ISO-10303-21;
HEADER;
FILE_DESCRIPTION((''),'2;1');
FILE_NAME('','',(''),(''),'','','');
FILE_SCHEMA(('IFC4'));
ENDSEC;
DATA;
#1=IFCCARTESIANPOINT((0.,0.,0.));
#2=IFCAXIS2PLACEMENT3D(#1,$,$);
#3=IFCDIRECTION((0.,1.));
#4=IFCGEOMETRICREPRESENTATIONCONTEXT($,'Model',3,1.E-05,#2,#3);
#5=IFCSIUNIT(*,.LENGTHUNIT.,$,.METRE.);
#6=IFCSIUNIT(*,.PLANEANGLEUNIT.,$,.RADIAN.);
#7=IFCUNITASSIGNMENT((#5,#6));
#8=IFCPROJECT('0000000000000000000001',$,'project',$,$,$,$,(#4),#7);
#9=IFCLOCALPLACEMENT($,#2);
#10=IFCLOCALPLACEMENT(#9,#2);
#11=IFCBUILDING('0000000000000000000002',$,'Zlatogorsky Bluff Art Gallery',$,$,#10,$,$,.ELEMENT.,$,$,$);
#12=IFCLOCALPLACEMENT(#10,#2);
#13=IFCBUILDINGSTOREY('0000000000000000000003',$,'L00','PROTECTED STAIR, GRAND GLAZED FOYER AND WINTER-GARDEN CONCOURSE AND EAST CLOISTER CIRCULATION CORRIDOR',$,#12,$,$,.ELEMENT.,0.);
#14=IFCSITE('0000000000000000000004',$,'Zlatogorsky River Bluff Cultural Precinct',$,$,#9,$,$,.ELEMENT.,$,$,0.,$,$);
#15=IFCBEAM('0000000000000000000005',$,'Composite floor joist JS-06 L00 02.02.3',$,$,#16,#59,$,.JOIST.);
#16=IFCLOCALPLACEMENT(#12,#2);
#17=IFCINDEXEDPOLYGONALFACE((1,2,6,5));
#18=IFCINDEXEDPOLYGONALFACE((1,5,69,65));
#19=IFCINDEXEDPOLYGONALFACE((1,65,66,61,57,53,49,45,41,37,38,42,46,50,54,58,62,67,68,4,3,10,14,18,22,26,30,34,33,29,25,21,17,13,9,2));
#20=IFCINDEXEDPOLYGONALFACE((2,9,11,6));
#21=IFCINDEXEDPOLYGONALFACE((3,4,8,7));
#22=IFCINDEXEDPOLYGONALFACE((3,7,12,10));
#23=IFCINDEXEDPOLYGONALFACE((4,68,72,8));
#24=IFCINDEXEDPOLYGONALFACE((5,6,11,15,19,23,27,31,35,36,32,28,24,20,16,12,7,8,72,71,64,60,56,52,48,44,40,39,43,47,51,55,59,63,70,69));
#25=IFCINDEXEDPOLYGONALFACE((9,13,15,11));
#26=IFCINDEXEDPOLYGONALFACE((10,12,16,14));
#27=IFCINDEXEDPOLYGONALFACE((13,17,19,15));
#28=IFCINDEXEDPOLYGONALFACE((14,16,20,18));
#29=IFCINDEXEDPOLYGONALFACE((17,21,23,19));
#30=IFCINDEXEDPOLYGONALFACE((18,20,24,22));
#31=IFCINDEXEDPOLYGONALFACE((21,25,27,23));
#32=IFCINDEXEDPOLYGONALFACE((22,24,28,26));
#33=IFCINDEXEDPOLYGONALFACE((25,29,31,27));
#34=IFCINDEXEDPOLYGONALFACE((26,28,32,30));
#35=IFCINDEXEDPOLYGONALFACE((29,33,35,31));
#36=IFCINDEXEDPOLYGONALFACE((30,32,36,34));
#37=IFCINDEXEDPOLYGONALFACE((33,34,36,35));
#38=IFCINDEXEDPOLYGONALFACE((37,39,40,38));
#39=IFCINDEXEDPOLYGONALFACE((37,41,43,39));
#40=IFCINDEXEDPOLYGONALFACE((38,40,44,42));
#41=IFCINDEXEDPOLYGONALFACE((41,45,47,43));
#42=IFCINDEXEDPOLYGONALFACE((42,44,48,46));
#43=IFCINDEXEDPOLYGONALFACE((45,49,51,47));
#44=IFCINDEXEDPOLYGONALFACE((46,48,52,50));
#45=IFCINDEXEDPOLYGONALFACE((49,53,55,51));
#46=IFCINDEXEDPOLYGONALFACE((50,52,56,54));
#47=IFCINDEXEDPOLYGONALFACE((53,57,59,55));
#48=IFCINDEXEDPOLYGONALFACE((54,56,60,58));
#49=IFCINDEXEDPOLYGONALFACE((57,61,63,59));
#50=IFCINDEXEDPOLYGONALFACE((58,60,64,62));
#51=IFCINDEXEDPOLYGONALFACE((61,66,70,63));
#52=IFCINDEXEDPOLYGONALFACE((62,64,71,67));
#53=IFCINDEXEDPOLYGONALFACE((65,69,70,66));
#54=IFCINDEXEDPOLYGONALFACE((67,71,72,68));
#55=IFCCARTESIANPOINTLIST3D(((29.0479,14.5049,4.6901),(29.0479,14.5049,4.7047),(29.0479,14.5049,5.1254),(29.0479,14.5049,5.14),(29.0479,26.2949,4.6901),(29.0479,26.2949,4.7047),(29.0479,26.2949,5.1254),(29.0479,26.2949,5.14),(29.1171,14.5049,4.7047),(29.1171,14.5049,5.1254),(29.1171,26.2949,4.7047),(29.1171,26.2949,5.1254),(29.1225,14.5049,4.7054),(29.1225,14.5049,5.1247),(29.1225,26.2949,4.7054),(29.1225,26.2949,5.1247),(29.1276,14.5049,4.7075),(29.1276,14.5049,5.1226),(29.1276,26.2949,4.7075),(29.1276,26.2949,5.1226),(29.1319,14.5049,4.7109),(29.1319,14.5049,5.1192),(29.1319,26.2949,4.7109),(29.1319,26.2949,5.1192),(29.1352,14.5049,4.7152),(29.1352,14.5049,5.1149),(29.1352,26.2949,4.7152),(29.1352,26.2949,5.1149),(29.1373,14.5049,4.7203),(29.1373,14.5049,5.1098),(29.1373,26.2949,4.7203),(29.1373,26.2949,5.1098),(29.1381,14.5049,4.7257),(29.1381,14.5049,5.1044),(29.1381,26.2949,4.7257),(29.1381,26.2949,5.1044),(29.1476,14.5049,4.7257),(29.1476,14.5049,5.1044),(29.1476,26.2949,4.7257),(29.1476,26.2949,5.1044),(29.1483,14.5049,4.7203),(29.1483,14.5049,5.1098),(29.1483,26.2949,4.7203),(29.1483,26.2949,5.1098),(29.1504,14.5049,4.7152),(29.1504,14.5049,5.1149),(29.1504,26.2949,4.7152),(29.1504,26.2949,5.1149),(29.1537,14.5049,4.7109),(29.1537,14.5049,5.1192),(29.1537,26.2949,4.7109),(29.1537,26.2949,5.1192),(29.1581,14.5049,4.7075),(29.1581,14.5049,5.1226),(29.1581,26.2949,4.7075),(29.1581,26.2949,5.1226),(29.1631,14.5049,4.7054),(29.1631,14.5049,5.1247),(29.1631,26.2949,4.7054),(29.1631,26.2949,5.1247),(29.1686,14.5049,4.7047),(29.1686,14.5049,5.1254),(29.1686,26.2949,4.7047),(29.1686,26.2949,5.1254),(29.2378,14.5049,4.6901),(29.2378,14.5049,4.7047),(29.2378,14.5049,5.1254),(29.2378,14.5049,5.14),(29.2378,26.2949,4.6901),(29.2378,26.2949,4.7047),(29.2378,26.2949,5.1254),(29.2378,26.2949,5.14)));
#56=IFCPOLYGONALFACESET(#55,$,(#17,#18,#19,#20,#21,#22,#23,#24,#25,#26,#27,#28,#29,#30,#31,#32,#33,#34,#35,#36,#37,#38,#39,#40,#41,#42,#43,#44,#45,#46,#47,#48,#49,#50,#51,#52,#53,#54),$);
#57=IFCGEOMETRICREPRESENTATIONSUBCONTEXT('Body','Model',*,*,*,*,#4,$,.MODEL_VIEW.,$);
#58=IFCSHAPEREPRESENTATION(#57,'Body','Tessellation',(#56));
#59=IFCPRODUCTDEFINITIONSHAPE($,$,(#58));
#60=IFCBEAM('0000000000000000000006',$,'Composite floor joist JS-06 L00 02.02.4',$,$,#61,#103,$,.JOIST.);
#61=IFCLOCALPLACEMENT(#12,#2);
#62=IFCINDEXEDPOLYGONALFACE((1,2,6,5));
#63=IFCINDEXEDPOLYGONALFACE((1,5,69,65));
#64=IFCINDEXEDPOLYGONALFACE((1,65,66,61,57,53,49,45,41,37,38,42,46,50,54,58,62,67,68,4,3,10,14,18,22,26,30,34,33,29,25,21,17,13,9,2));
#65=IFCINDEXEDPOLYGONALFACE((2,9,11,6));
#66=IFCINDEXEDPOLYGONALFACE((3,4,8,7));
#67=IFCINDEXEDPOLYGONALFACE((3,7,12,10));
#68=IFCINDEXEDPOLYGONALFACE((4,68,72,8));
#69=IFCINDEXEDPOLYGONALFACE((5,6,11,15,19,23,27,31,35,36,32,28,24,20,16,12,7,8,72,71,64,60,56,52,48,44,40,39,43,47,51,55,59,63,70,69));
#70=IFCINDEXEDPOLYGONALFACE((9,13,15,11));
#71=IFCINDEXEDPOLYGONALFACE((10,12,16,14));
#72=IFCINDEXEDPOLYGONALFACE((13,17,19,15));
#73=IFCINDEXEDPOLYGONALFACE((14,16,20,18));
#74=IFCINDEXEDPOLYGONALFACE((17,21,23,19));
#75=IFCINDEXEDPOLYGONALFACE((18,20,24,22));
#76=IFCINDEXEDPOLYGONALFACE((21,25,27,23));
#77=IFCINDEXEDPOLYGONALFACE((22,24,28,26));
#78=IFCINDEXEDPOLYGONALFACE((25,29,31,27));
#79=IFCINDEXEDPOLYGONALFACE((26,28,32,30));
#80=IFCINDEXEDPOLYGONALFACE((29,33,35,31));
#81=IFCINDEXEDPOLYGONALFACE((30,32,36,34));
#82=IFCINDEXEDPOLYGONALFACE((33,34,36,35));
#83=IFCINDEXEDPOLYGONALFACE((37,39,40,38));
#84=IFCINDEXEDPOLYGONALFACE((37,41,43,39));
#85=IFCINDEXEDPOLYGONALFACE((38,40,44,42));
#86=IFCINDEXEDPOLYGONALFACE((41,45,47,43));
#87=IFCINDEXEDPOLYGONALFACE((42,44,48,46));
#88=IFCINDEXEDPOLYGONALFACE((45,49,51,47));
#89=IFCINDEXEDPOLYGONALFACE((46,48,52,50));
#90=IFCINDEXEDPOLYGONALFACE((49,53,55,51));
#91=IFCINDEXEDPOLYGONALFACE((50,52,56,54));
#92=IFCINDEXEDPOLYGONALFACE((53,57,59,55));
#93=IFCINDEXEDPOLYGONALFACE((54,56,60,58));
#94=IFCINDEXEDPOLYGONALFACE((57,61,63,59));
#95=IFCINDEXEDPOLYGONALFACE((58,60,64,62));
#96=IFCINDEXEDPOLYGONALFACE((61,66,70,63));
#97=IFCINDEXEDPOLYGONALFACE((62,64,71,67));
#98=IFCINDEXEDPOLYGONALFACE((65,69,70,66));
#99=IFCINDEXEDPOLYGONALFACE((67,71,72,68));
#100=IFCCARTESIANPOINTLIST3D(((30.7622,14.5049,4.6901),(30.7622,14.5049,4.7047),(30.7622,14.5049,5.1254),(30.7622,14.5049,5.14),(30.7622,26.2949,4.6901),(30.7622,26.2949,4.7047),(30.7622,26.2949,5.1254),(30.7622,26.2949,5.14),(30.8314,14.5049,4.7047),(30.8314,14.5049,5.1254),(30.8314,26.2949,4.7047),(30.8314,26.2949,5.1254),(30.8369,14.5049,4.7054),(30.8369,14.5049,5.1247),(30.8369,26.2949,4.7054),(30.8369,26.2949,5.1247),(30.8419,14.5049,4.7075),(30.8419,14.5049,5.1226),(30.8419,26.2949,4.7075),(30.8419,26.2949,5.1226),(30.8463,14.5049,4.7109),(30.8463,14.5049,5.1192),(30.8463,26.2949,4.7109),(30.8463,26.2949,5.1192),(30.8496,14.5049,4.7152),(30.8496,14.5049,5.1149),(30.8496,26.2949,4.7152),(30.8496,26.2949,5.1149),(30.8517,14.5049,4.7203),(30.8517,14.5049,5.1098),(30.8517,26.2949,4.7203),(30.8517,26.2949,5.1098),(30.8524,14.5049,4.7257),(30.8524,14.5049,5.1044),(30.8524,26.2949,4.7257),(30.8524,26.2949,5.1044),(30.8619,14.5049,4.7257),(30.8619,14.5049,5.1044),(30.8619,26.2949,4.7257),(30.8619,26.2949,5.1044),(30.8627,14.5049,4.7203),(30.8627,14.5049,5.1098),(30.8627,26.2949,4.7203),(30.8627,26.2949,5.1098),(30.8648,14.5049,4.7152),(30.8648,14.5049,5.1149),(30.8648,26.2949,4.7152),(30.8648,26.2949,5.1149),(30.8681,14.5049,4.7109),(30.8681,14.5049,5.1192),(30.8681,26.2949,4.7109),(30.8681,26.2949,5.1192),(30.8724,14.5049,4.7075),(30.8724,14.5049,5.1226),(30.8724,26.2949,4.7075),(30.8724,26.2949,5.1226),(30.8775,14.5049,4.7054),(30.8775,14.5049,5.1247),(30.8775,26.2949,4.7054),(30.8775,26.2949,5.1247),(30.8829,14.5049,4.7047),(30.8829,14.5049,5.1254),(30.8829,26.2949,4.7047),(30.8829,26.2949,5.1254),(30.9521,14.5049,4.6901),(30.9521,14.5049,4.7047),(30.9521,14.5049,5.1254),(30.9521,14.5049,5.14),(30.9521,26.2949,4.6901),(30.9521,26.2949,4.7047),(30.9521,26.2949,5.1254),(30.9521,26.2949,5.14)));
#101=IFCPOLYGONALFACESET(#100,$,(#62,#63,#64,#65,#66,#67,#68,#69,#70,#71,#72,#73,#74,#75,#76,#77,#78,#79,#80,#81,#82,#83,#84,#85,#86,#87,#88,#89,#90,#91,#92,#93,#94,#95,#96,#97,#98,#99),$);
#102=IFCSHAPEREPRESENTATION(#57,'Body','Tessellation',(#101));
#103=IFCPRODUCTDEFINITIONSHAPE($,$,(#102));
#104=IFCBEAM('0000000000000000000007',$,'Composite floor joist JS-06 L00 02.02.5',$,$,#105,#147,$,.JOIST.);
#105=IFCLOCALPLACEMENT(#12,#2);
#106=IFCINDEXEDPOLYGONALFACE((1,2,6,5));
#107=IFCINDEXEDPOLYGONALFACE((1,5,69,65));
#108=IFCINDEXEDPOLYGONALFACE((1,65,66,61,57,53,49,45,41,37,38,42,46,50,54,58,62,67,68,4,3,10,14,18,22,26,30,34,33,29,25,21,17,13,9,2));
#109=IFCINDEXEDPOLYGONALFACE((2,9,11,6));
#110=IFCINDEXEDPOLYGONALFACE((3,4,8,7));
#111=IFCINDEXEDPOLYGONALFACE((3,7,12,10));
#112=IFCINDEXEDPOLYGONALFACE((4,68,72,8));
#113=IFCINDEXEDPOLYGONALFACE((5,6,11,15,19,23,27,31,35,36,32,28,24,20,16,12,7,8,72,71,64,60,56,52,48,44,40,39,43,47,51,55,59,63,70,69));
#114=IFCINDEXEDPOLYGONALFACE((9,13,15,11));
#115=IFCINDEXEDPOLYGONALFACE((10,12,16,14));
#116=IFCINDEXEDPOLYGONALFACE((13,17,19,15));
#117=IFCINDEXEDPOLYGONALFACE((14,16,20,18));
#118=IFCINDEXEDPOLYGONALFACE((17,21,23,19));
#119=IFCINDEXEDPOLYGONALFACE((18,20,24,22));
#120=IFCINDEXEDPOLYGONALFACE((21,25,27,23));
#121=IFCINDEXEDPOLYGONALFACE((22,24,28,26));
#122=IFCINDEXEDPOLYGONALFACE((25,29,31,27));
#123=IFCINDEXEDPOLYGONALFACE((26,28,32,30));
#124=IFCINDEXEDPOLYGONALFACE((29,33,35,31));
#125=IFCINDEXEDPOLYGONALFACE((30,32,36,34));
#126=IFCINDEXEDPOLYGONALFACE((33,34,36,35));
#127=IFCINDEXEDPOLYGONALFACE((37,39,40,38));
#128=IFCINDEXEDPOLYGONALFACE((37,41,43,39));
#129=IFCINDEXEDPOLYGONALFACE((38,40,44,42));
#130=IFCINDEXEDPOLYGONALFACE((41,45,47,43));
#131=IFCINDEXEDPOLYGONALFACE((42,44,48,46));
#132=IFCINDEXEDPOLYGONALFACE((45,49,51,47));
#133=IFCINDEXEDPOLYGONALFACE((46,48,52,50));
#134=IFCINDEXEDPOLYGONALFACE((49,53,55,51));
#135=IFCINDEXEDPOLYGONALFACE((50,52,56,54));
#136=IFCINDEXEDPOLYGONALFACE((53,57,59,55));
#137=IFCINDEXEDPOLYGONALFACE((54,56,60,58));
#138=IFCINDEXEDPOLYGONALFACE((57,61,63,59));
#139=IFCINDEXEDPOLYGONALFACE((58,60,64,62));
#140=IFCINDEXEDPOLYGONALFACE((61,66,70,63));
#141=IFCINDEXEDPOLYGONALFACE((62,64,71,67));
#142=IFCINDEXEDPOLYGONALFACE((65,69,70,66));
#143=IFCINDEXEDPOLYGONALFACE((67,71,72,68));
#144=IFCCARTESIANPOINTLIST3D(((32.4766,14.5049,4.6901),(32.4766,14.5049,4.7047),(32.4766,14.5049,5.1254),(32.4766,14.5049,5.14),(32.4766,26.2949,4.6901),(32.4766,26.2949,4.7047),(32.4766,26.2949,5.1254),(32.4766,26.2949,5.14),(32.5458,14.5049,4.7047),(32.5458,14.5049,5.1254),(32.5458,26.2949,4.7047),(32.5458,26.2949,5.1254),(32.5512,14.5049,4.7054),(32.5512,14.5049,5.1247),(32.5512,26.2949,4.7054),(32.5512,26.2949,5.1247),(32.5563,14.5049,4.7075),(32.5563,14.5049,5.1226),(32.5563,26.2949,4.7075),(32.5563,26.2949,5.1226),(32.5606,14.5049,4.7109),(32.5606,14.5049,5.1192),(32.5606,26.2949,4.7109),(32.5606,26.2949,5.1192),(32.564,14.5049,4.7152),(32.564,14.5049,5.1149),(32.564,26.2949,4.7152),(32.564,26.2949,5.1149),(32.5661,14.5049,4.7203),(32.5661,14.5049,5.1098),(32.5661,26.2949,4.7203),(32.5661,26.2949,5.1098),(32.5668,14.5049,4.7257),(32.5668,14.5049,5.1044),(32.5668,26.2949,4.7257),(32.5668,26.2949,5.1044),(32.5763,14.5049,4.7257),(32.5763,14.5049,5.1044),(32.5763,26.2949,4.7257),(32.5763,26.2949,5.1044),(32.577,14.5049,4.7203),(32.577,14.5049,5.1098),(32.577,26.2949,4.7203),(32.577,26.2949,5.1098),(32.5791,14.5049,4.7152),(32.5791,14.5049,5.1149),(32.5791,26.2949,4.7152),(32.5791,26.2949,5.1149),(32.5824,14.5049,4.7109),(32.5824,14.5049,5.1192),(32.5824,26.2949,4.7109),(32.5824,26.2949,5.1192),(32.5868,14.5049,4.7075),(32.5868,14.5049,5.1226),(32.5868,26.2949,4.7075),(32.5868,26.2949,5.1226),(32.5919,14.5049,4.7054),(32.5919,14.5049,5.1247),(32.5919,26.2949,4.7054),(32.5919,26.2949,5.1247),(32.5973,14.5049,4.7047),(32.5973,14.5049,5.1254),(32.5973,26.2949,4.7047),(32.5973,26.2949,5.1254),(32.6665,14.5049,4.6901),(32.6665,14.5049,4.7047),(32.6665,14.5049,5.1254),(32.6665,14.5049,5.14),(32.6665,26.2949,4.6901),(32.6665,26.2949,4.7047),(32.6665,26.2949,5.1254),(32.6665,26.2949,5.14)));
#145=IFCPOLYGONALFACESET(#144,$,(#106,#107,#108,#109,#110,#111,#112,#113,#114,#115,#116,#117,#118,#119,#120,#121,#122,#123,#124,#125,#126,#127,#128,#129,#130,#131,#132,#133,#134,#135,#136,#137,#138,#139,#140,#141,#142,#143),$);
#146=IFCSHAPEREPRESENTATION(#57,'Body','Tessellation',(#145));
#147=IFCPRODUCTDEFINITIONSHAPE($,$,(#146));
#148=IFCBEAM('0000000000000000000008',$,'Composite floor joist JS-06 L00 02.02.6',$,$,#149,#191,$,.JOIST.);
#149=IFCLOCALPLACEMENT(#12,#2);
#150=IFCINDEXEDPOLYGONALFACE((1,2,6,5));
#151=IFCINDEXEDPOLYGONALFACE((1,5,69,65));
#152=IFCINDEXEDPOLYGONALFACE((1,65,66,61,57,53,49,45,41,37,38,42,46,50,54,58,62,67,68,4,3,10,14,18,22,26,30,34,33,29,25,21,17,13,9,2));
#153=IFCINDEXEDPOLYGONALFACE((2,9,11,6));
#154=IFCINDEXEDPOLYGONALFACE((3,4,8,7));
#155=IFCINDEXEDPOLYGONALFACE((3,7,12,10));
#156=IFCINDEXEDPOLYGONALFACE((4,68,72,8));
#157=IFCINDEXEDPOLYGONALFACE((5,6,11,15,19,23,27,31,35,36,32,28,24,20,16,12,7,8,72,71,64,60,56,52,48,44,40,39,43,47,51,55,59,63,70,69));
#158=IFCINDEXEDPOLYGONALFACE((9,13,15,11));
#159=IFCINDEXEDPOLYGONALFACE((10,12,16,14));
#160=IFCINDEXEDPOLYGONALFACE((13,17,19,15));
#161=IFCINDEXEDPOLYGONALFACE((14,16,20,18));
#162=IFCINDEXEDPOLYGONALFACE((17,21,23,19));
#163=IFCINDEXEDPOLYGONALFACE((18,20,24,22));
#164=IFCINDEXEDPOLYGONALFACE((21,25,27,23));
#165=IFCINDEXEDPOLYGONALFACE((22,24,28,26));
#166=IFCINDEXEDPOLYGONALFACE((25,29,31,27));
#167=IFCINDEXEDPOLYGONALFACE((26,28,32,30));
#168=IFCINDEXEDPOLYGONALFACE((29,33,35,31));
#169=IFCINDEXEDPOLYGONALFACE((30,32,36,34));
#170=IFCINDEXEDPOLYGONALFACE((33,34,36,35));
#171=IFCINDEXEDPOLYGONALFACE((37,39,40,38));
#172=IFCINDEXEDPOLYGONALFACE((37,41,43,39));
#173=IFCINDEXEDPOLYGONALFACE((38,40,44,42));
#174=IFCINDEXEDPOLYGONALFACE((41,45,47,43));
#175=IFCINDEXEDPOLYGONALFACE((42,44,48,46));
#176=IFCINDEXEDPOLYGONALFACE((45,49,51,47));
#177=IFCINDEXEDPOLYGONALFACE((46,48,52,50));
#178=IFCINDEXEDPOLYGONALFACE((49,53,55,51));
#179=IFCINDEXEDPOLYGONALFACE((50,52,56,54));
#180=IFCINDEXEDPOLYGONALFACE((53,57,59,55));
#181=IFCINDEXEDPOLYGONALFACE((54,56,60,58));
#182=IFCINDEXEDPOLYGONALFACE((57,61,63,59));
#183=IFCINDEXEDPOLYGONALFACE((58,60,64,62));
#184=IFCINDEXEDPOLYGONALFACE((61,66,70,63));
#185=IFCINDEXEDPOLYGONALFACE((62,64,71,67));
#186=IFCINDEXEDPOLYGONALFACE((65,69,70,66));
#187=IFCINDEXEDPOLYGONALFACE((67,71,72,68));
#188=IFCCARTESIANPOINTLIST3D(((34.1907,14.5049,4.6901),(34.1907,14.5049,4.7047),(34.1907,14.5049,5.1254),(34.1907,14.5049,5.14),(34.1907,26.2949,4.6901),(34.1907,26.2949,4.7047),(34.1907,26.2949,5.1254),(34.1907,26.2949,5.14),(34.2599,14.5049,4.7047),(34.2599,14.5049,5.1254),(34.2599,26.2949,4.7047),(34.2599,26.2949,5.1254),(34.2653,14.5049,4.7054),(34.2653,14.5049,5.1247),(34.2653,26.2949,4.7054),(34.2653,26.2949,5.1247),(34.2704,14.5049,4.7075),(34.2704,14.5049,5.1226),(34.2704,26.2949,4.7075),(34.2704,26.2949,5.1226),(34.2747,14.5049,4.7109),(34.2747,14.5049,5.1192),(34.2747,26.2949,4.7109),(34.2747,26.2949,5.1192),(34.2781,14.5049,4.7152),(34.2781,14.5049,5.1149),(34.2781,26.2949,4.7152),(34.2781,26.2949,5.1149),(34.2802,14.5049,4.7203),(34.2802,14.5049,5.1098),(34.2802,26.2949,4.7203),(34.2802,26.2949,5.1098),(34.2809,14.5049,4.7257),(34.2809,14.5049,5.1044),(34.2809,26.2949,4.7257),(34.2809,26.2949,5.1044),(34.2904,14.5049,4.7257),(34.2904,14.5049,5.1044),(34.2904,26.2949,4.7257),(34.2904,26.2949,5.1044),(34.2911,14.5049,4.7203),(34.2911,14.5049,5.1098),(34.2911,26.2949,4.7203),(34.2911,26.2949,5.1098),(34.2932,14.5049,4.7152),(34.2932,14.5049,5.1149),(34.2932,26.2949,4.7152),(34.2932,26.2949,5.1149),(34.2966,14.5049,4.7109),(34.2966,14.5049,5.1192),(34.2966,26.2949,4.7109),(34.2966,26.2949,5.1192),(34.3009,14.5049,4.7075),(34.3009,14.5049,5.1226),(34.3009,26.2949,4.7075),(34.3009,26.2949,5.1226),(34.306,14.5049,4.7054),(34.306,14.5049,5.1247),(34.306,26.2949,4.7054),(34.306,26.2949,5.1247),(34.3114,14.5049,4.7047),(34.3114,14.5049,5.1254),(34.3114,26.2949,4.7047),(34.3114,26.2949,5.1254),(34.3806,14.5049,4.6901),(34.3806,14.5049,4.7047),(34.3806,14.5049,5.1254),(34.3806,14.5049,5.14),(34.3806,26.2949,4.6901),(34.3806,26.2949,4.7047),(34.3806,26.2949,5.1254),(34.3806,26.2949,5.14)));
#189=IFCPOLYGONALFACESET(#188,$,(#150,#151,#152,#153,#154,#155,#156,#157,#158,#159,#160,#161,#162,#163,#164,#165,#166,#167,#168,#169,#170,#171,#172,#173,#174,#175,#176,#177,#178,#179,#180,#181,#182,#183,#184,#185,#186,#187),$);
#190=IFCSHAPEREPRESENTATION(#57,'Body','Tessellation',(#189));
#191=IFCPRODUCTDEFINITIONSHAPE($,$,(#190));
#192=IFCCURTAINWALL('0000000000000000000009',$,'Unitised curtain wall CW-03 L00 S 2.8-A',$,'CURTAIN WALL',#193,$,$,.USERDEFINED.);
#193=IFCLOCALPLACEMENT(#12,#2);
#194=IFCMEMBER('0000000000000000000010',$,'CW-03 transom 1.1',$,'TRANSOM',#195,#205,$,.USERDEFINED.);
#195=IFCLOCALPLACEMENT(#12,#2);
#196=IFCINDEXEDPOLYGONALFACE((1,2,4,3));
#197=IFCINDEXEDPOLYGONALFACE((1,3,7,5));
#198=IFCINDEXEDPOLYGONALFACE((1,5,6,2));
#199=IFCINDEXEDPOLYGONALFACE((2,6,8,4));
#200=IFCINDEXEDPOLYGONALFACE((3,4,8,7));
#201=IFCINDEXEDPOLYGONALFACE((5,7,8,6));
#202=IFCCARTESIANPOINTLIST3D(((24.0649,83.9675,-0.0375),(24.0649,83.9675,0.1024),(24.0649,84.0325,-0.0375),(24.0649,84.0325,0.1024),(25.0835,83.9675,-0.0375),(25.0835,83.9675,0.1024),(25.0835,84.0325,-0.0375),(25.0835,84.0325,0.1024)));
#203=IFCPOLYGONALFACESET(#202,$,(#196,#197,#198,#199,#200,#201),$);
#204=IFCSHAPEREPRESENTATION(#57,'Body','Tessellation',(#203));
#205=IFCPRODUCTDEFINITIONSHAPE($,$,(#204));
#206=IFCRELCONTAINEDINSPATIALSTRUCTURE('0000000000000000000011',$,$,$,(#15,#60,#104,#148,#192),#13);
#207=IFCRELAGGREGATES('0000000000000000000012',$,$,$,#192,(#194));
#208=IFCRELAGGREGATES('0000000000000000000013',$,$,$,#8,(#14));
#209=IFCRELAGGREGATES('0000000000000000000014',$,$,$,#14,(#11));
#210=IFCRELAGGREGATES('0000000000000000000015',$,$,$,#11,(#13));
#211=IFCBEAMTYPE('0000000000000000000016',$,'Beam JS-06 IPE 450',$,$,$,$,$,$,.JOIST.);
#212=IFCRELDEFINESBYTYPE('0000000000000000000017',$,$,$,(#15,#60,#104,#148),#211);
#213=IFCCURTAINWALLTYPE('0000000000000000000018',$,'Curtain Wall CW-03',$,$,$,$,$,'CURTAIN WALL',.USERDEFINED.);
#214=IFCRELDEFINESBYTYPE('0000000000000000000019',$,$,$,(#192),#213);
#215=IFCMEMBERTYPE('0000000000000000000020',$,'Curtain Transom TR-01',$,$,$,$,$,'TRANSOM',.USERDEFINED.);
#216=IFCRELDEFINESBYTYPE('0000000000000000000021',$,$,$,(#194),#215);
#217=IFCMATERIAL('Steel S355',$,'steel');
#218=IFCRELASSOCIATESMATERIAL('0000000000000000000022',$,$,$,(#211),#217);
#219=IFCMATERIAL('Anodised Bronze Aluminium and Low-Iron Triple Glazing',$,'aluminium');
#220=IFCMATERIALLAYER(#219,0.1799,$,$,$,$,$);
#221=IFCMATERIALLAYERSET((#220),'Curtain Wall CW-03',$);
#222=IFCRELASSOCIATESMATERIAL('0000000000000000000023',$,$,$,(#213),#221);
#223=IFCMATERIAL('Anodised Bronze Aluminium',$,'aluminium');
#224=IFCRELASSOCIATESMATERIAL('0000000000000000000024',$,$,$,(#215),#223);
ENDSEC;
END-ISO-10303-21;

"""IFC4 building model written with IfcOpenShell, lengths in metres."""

from ifc_helpers import new_model, si_unit, direction, frame, origin, origin_2d, place, context, subcontext, project, spatial, rectangle, i_section, extrude, material, layer, layer_set, material_profile, profile_set, type_object, element, aggregate, save


model = new_model("IFC4")

# Units and contexts
model_context = context("Model", 3, precision=1e-05, world=origin(), true_north=direction((0.0, 1.0)))
body_context = subcontext(model_context, "Body", "Model", "MODEL_VIEW")
ifc_project = project(units=[si_unit("LENGTHUNIT", "METRE"), si_unit("PLANEANGLEUNIT", "RADIAN")], contexts=[model_context])

# Site, building, storey
site_placement = place(None, origin())
site = spatial("IfcSite", under=ifc_project, at=site_placement, Name="Zlatogorsky River Bluff Cultural Precinct", CompositionType="ELEMENT", RefElevation=0.0)
building_placement = place(site_placement, origin())
building = spatial("IfcBuilding", under=site, at=building_placement, Name="Zlatogorsky Bluff Art Gallery", CompositionType="ELEMENT")
storey_placement = place(building_placement, origin())
storey = spatial("IfcBuildingStorey", under=building, at=storey_placement, Name="L00", Description="PROTECTED STAIR, GRAND GLAZED FOYER AND WINTER-GARDEN CONCOURSE AND EAST CLOISTER CIRCULATION CORRIDOR", CompositionType="ELEMENT", Elevation=0.0)

# Beams
ifc_material_1 = material(Name="Steel S355", Category="steel")
ifc_material_profile_1 = material_profile(ifc_material_1, i_section(OverallWidth=0.1899, OverallDepth=0.45, WebThickness=0.0095, FlangeThickness=0.0146, FilletRadius=0.021, at=origin_2d()), Name="IPE 450")
ifc_profile_set_1 = profile_set([ifc_material_profile_1], Name="Steel S355")
beam_type_1 = type_object("IfcBeamType", Name="Beam JS-06 IPE 450", PredefinedType="JOIST", material=ifc_profile_set_1)
for number, where, z_axis, x_axis, name in (
    (1, (29.1428, 14.5049, 4.915), (0.0, 1.0, 0.0), (-1.0, 0.0, 0.0), "Composite floor joist JS-06 L00 02.02.3"),
    (2, (30.8572, 14.5049, 4.915), (0.0, 1.0, 0.0), (-1.0, 0.0, 0.0), "Composite floor joist JS-06 L00 02.02.4"),
    (3, (32.5715, 14.5049, 4.915), (0.0, 1.0, 0.0), (-1.0, 0.0, 0.0), "Composite floor joist JS-06 L00 02.02.5"),
    (4, (34.2856, 14.5049, 4.915), (0.0, 1.0, 0.0), (-1.0, 0.0, 0.0), "Composite floor joist JS-06 L00 02.02.6"),
):
    element("IfcBeam", number, at=place(storey_placement, frame(where, z_axis=z_axis, x_axis=x_axis)), inside=storey, type_object=beam_type_1, Name=name, PredefinedType="JOIST", context=body_context, shape_type="SweptSolid", body=[
        extrude(i_section(OverallWidth=0.1899, OverallDepth=0.45, WebThickness=0.0095, FlangeThickness=0.0146, FilletRadius=0.021, at=origin_2d()), origin(), (0.0, 0.0, 1.0), 11.79),
    ])

# Curtain wall, member
ifc_material_2 = material(Name="Anodised Bronze Aluminium and Low-Iron Triple Glazing", Category="aluminium")
ifc_layer_1 = layer(ifc_material_2, 0.1799)
ifc_layer_set_1 = layer_set([ifc_layer_1], Name="Curtain Wall CW-03")
curtain_wall_type = type_object("IfcCurtainWallType", Name="Curtain Wall CW-03", ElementType="CURTAIN WALL", PredefinedType="USERDEFINED", material=ifc_layer_set_1)
curtain_wall_placement = place(storey_placement, origin())
curtain_wall = element("IfcCurtainWall", 5, at=curtain_wall_placement, inside=storey, type_object=curtain_wall_type, Name="Unitised curtain wall CW-03 L00 S 2.8-A", ObjectType="CURTAIN WALL", PredefinedType="USERDEFINED")
ifc_material_3 = material(Name="Anodised Bronze Aluminium", Category="aluminium")
ifc_material_profile_2 = material_profile(ifc_material_3, rectangle(XDim=0.0649, YDim=0.1399, at=origin_2d()), Name="ALU TRANSOM 65x140")
ifc_profile_set_2 = profile_set([ifc_material_profile_2], Name="Anodised Bronze Aluminium")
member_type = type_object("IfcMemberType", Name="Curtain Transom TR-01", ElementType="TRANSOM", PredefinedType="USERDEFINED", material=ifc_profile_set_2)
member_1_placement = place(storey_placement, frame((24.0649, 84.0, 0.0325), z_axis=(1.0, 0.0, 0.0), x_axis=(0.0, 1.0, 0.0)))
member_1 = element("IfcMember", 6, at=member_1_placement, type_object=member_type, Name="CW-03 transom 1.1", ObjectType="TRANSOM", PredefinedType="USERDEFINED", context=body_context, shape_type="SweptSolid", body=[
    extrude(rectangle(XDim=0.0649, YDim=0.1399, at=origin_2d()), origin(), (0.0, 0.0, 1.0), 1.0186),
])
aggregate(curtain_wall, [member_1])

save(model, "model.ifc")
